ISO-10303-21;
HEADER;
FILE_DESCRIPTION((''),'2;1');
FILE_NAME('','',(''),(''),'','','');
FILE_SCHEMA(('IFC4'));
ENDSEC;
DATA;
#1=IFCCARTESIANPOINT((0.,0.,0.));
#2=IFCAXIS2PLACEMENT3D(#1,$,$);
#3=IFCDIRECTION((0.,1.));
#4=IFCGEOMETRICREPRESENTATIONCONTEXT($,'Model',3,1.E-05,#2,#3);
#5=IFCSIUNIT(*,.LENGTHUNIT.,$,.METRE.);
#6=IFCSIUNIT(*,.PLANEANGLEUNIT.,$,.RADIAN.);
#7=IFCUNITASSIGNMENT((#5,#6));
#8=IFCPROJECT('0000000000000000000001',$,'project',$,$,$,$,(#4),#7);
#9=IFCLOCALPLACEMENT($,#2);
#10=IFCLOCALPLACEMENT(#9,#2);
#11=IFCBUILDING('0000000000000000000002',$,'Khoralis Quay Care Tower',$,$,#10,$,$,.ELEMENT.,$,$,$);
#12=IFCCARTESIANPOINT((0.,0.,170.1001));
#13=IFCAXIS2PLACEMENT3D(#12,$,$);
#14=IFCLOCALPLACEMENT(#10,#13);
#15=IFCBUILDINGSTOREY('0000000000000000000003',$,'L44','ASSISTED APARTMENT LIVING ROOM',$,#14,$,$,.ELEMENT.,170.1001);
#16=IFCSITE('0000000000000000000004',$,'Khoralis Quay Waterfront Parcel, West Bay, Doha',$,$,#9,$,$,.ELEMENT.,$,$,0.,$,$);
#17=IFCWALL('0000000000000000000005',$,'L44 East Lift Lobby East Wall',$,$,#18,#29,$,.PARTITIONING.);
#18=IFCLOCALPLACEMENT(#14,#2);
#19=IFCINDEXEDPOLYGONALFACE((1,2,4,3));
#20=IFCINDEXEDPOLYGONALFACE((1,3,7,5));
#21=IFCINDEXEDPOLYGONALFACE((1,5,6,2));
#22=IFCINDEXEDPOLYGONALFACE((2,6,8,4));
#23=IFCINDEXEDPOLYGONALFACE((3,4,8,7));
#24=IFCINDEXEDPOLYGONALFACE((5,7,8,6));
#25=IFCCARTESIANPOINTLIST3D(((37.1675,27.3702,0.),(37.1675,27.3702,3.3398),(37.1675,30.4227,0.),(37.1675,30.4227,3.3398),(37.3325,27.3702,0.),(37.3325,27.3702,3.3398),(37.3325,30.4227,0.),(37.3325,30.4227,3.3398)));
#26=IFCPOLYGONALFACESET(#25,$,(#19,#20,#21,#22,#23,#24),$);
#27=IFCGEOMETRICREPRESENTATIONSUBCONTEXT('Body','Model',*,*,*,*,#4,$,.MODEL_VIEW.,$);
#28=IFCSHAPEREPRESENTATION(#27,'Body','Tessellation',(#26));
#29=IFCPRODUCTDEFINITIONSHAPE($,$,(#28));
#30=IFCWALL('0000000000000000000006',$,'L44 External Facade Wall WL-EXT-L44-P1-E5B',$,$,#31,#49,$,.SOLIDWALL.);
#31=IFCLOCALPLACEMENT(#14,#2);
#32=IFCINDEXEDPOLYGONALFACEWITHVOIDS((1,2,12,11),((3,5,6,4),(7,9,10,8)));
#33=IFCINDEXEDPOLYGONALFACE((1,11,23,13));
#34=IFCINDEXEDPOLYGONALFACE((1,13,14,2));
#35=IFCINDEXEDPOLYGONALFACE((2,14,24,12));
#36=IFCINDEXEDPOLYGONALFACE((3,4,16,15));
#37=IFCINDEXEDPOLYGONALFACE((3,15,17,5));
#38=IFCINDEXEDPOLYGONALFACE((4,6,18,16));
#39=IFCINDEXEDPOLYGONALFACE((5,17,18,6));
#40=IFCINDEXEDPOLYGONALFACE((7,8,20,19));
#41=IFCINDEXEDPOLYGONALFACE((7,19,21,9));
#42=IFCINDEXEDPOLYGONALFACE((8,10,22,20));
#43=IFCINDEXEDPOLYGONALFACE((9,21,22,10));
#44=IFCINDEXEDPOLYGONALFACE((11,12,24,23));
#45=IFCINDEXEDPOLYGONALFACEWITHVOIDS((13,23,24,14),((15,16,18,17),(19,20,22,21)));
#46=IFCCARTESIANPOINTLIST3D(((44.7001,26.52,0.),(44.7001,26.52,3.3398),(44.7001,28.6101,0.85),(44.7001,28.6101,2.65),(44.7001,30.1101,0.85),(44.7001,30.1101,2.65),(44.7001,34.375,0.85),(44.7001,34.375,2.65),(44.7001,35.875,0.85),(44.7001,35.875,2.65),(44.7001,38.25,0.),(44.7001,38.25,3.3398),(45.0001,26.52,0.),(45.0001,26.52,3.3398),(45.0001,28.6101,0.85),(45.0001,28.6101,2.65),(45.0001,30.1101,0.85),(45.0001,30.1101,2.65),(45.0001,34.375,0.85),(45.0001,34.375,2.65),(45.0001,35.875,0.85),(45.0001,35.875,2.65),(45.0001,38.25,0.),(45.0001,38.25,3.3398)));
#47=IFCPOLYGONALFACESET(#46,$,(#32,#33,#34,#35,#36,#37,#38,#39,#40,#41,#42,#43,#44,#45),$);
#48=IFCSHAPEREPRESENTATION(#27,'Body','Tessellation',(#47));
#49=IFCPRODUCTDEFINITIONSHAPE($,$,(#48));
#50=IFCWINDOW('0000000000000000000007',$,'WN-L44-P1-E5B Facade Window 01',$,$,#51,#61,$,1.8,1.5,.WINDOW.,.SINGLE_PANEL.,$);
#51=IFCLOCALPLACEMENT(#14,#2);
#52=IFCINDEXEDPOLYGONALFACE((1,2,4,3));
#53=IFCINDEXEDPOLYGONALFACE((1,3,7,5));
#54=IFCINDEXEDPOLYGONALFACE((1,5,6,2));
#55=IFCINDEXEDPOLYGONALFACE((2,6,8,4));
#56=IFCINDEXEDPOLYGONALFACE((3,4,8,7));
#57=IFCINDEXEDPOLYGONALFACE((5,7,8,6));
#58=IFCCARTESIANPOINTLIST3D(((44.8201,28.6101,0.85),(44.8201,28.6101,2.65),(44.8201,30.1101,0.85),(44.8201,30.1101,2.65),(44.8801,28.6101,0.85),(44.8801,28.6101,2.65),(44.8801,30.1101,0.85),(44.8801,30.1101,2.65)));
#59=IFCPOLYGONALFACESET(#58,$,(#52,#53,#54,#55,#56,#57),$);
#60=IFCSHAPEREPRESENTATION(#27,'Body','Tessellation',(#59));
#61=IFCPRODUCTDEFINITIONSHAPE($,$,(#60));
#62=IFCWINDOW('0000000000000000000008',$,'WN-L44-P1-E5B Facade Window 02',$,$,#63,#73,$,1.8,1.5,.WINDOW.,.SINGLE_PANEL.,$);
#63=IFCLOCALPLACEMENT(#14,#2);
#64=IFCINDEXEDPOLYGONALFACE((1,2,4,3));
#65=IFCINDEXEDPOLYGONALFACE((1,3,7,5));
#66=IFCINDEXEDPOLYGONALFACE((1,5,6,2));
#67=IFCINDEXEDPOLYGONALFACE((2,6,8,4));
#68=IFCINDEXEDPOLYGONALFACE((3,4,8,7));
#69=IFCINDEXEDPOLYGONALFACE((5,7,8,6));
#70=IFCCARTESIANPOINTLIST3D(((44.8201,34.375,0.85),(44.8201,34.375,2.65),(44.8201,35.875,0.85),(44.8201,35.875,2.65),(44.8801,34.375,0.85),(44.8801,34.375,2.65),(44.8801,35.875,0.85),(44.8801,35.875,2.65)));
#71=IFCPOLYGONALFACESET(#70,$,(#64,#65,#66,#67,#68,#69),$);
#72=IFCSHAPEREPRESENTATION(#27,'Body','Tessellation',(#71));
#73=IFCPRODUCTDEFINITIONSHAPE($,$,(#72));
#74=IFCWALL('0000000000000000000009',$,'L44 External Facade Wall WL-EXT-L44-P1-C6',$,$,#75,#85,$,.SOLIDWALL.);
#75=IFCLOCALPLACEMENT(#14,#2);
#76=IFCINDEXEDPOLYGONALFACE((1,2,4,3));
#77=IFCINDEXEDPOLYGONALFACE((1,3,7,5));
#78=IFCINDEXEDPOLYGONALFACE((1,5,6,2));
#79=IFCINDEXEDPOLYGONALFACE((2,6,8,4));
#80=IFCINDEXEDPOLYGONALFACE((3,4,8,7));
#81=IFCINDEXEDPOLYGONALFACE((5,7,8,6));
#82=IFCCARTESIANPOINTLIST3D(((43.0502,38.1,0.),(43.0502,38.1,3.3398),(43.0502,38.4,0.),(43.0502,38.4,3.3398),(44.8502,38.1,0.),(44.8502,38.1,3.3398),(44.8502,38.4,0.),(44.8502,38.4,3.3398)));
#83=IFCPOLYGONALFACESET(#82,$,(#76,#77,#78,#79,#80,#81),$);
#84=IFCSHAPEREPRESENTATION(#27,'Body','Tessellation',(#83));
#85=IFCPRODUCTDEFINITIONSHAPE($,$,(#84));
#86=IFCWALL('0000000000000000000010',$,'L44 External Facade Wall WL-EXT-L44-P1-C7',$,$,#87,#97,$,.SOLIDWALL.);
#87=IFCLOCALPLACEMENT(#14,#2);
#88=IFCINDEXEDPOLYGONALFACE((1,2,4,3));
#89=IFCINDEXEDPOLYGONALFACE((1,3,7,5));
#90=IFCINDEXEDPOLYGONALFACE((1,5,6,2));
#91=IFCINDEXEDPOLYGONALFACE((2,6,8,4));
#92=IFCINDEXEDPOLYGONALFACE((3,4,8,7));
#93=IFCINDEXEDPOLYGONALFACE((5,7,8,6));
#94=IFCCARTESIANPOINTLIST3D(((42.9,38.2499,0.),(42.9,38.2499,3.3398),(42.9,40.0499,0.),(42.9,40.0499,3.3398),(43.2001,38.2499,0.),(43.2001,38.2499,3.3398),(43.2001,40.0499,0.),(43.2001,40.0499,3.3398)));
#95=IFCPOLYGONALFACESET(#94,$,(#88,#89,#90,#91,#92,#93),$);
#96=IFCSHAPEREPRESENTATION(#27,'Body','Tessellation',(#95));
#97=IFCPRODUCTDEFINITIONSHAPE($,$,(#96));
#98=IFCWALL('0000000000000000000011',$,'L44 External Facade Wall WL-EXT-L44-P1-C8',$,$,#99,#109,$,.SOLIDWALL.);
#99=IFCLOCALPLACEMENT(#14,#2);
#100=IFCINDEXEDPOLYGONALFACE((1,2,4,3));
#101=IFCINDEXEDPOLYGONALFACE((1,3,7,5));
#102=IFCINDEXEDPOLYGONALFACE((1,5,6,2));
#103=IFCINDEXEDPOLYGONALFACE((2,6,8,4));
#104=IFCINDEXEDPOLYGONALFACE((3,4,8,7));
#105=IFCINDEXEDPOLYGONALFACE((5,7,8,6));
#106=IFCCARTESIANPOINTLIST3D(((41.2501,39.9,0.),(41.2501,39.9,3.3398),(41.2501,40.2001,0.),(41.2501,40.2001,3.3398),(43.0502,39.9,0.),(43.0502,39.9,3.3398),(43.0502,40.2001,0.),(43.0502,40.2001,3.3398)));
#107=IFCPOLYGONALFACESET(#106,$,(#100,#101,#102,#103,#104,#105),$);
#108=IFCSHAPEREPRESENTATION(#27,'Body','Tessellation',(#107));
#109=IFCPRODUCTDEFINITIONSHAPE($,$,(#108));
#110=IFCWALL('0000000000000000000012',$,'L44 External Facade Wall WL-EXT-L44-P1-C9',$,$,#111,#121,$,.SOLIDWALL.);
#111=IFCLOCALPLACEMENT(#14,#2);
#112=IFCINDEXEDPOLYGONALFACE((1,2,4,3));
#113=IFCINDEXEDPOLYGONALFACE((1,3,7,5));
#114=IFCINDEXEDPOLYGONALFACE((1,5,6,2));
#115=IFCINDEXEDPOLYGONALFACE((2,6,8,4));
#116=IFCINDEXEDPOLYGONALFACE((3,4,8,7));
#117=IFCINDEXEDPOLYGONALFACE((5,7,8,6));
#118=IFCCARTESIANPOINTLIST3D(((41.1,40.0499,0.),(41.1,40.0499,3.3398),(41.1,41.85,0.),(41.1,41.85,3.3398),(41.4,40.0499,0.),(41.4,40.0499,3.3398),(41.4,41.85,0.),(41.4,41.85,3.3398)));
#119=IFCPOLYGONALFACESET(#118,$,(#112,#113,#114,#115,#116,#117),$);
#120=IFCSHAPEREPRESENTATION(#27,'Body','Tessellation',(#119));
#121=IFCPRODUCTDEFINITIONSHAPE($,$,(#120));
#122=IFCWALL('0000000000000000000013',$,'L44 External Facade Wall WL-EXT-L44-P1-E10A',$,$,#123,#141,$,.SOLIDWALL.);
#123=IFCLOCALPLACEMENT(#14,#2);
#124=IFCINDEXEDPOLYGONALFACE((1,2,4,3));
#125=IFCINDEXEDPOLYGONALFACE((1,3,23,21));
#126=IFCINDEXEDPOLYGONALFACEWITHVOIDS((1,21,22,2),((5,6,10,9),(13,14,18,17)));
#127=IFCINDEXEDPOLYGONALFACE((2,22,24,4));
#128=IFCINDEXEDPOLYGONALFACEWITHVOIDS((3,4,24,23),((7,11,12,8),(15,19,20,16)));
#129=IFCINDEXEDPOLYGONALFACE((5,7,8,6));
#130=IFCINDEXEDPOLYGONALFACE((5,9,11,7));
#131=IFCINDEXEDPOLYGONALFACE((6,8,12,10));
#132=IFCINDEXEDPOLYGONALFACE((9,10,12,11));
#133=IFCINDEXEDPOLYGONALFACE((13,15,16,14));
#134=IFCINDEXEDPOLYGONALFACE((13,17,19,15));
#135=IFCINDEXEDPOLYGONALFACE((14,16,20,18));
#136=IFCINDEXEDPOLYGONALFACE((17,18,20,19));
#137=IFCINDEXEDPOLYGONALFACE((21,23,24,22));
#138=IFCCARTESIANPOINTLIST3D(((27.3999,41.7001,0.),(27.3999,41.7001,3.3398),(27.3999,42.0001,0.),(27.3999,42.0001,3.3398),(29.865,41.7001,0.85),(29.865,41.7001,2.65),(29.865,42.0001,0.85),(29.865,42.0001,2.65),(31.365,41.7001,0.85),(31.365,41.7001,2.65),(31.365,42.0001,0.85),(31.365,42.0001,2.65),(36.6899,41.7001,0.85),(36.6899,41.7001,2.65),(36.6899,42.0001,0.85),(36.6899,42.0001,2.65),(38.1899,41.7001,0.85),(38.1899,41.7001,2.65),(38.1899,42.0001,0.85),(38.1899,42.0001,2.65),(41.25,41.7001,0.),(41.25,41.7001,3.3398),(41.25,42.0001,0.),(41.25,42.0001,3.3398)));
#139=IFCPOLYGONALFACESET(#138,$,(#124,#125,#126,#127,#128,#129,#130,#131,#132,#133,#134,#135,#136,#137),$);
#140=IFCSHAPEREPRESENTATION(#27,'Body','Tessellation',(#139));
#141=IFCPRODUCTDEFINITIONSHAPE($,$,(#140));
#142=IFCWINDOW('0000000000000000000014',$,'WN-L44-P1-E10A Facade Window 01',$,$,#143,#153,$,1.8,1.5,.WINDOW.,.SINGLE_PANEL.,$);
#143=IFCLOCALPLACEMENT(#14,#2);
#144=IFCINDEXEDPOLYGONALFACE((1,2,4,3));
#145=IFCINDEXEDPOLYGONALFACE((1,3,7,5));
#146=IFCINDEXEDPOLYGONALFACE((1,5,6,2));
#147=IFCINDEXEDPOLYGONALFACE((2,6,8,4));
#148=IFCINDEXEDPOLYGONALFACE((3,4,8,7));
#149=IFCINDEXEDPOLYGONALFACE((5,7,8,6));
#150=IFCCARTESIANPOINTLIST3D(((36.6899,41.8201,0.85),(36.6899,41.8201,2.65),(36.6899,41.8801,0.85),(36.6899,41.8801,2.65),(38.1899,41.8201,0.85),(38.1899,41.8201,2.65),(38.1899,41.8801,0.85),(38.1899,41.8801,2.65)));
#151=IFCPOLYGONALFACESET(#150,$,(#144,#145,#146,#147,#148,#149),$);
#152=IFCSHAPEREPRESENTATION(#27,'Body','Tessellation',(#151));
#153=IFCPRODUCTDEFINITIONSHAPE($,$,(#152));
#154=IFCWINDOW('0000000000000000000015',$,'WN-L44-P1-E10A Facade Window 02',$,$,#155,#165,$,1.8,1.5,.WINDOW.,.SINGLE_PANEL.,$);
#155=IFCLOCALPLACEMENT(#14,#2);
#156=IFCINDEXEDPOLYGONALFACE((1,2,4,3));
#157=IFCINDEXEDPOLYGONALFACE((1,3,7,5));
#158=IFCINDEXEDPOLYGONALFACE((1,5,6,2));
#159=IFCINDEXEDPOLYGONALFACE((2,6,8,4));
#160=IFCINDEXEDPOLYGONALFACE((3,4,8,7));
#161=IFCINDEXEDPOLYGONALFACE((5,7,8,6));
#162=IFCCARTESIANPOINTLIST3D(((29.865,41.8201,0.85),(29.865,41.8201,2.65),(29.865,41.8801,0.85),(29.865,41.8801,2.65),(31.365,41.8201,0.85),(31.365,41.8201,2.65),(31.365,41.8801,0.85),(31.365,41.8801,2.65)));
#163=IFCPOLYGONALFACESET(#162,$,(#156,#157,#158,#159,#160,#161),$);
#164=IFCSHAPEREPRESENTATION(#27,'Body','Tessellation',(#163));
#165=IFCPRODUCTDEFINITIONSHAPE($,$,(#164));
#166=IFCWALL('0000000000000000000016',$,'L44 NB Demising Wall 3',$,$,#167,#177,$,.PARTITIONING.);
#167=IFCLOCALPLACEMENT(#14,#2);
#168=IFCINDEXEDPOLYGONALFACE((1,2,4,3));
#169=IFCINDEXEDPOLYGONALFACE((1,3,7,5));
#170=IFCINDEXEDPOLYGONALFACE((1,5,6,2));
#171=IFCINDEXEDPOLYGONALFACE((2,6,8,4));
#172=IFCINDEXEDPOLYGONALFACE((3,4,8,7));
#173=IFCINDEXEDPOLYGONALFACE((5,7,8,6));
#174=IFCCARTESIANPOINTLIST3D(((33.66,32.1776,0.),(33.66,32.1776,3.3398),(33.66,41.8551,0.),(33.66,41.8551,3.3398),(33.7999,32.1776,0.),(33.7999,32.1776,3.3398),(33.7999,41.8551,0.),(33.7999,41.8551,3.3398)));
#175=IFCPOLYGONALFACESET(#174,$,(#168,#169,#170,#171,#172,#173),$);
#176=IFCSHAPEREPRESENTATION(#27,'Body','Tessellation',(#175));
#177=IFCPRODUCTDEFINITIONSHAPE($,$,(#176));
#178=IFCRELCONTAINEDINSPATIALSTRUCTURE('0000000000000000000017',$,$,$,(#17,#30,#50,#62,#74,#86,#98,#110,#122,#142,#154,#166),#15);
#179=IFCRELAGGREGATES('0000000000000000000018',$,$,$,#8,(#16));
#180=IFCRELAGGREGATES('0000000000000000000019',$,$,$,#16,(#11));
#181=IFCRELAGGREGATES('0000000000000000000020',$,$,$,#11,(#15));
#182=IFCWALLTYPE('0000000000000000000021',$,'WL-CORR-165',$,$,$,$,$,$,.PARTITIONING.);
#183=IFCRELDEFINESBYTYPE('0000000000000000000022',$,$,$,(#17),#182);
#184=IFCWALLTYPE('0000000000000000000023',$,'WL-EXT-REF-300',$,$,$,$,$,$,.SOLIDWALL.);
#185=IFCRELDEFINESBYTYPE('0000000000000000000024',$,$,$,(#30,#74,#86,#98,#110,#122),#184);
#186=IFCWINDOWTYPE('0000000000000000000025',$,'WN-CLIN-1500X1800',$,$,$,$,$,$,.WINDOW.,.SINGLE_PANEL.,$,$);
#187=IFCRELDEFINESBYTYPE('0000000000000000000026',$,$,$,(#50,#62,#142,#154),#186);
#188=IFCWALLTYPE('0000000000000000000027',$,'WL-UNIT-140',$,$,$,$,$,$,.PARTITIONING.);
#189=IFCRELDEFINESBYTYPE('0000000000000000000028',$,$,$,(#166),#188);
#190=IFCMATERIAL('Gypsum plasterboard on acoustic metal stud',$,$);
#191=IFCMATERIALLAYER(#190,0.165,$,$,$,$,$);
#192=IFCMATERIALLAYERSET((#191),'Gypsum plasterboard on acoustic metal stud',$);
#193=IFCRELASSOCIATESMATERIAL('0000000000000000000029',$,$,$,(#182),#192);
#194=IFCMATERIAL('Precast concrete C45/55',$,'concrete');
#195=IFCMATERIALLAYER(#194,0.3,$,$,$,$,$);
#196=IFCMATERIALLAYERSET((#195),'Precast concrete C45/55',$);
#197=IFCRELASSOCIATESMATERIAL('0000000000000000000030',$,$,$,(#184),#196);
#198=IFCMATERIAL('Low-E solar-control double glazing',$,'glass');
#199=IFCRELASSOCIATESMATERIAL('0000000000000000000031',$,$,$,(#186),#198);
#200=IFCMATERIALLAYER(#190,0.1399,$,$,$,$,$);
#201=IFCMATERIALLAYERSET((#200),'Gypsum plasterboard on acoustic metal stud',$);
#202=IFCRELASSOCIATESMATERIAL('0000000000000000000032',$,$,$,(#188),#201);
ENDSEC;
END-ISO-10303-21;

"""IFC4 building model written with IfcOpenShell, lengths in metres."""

from ifc_helpers import new_model, si_unit, direction, frame, frame_2d, origin, place, context, subcontext, project, spatial, rectangle, extrude, source, transform, mapped, material, layer, layer_set, type_object, element, fill, save


model = new_model("IFC4")

# Units and contexts
model_context = context("Model", 3, precision=1e-05, world=origin(), true_north=direction((0.0, 1.0)))
body_context = subcontext(model_context, "Body", "Model", "MODEL_VIEW")
ifc_project = project(units=[si_unit("LENGTHUNIT", "METRE"), si_unit("PLANEANGLEUNIT", "RADIAN")], contexts=[model_context])

# Site, building, storey
site_placement = place(None, origin())
site = spatial("IfcSite", under=ifc_project, at=site_placement, Name="Khoralis Quay Waterfront Parcel, West Bay, Doha", CompositionType="ELEMENT", RefElevation=0.0)
building_placement = place(site_placement, origin())
building = spatial("IfcBuilding", under=site, at=building_placement, Name="Khoralis Quay Care Tower", CompositionType="ELEMENT")
storey_placement = place(building_placement, frame((0.0, 0.0, 170.1001)))
storey = spatial("IfcBuildingStorey", under=building, at=storey_placement, Name="L44", Description="ASSISTED APARTMENT LIVING ROOM", CompositionType="ELEMENT", Elevation=170.1001)

# Wall
ifc_material_1 = material(Name="Gypsum plasterboard on acoustic metal stud")
ifc_layer_1 = layer(ifc_material_1, 0.165)
ifc_layer_set_1 = layer_set([ifc_layer_1], Name="Gypsum plasterboard on acoustic metal stud")
wall_type_1 = type_object("IfcWallType", Name="WL-CORR-165", PredefinedType="PARTITIONING", material=ifc_layer_set_1)
wall_1_placement = place(storey_placement, frame((37.25, 27.3701, 0.0), z_axis=(0.0, 0.0, 1.0), x_axis=(0.0, 1.0, 0.0)))
element("IfcWall", 1, at=wall_1_placement, inside=storey, type_object=wall_type_1, Name="L44 East Lift Lobby East Wall", PredefinedType="PARTITIONING", context=body_context, shape_type="SweptSolid", body=[
    extrude(rectangle(XDim=3.0525, YDim=0.165, at=frame_2d((1.5264, 0.0))), origin(), (0.0, 0.0, 1.0), 3.3398),
])

# Wall, openings, windows
ifc_material_2 = material(Name="Precast concrete C45/55", Category="concrete")
ifc_layer_2 = layer(ifc_material_2, 0.3)
ifc_layer_set_2 = layer_set([ifc_layer_2], Name="Precast concrete C45/55")
wall_type_2 = type_object("IfcWallType", Name="WL-EXT-REF-300", PredefinedType="SOLIDWALL", material=ifc_layer_set_2)
wall_2_placement = place(storey_placement, frame((44.8501, 26.52, 0.0), z_axis=(0.0, 0.0, 1.0), x_axis=(0.0, 1.0, 0.0)))
wall_2 = element("IfcWall", 2, at=wall_2_placement, inside=storey, type_object=wall_type_2, Name="L44 External Facade Wall WL-EXT-L44-P1-E5B", PredefinedType="SOLIDWALL", context=body_context, shape_type="SweptSolid", body=[
    extrude(rectangle(XDim=11.73, YDim=0.3, at=frame_2d((5.865, 0.0))), origin(), (0.0, 0.0, 1.0), 3.3398),
])
opening_1_placement = place(wall_2_placement, frame((2.0901, 0.0, 0.8501)))
opening_1 = element("IfcOpeningElement", 3, at=opening_1_placement, cuts=wall_2, PredefinedType="OPENING", context=body_context, shape_type="SweptSolid", body=[
    extrude(rectangle(XDim=1.5, YDim=1.8, at=frame_2d((0.75, 0.8999))), frame((0.0, 0.1602, 0.0), z_axis=(0.0, -1.0, 0.0), x_axis=(1.0, 0.0, 0.0)), (0.0, 0.0, 1.0), 0.3201),
])
opening_2_placement = place(wall_2_placement, frame((7.855, 0.0, 0.8501)))
opening_2 = element("IfcOpeningElement", 4, at=opening_2_placement, cuts=wall_2, PredefinedType="OPENING", context=body_context, shape_type="SweptSolid", body=[
    extrude(rectangle(XDim=1.5, YDim=1.8, at=frame_2d((0.75, 0.8999))), frame((0.0, 0.1602, 0.0), z_axis=(0.0, -1.0, 0.0), x_axis=(1.0, 0.0, 0.0)), (0.0, 0.0, 1.0), 0.3201),
])
ifc_material_3 = material(Name="Low-E solar-control double glazing", Category="glass")
window_type = type_object("IfcWindowType", Name="WN-CLIN-1500X1800", PartitioningType="SINGLE_PANEL", PredefinedType="WINDOW", material=ifc_material_3)
shared_shape_1 = source(origin(), body_context, "Body", "SweptSolid", [
    extrude(rectangle(XDim=1.5, YDim=1.8, at=frame_2d((0.75, 0.8999))), frame((0.0, 0.03, 0.0), z_axis=(0.0, -1.0, 0.0), x_axis=(1.0, 0.0, 0.0)), (0.0, 0.0, 1.0), 0.0601),
])
window_1_placement = place(opening_1_placement, origin())
window_1 = element("IfcWindow", 5, at=window_1_placement, inside=storey, type_object=window_type, Name="WN-L44-P1-E5B Facade Window 01", OverallHeight=1.8, OverallWidth=1.5, PartitioningType="SINGLE_PANEL", PredefinedType="WINDOW", context=body_context, shape_type="MappedRepresentation", body=[
    mapped(shared_shape_1, transform((0.0, 0.0, 0.0), scale=1.0)),
])
fill(opening_1, window_1)
window_2_placement = place(opening_2_placement, origin())
window_2 = element("IfcWindow", 6, at=window_2_placement, inside=storey, type_object=window_type, Name="WN-L44-P1-E5B Facade Window 02", OverallHeight=1.8, OverallWidth=1.5, PartitioningType="SINGLE_PANEL", PredefinedType="WINDOW", context=body_context, shape_type="MappedRepresentation", body=[
    mapped(shared_shape_1, transform((0.0, 0.0, 0.0), scale=1.0)),
])
fill(opening_2, window_2)

# Walls
for number, where, z_axis, x_axis, name in (
    (7, (44.8501, 38.25, 0.0), (0.0, 0.0, 1.0), (-1.0, 0.0, 0.0), "L44 External Facade Wall WL-EXT-L44-P1-C6"),
    (8, (43.05, 38.25, 0.0), (0.0, 0.0, 1.0), (0.0, 1.0, 0.0), "L44 External Facade Wall WL-EXT-L44-P1-C7"),
    (9, (43.05, 40.05, 0.0), (0.0, 0.0, 1.0), (-1.0, 0.0, 0.0), "L44 External Facade Wall WL-EXT-L44-P1-C8"),
    (10, (41.25, 40.05, 0.0), (0.0, 0.0, 1.0), (0.0, 1.0, 0.0), "L44 External Facade Wall WL-EXT-L44-P1-C9"),
):
    element("IfcWall", number, at=place(storey_placement, frame(where, z_axis=z_axis, x_axis=x_axis)), inside=storey, type_object=wall_type_2, Name=name, PredefinedType="SOLIDWALL", context=body_context, shape_type="SweptSolid", body=[
        extrude(rectangle(XDim=1.8, YDim=0.3, at=frame_2d((0.8999, 0.0))), origin(), (0.0, 0.0, 1.0), 3.3398),
    ])

# Wall, openings, windows
wall_3_placement = place(storey_placement, frame((41.25, 41.8501, 0.0), z_axis=(0.0, 0.0, 1.0), x_axis=(-1.0, 0.0, 0.0)))
wall_3 = element("IfcWall", 11, at=wall_3_placement, inside=storey, type_object=wall_type_2, Name="L44 External Facade Wall WL-EXT-L44-P1-E10A", PredefinedType="SOLIDWALL", context=body_context, shape_type="SweptSolid", body=[
    extrude(rectangle(XDim=13.8501, YDim=0.3, at=frame_2d((6.925, 0.0))), origin(), (0.0, 0.0, 1.0), 3.3398),
])
opening_3_placement = place(wall_3_placement, frame((3.0601, 0.0, 0.8501)))
opening_3 = element("IfcOpeningElement", 12, at=opening_3_placement, cuts=wall_3, PredefinedType="OPENING", context=body_context, shape_type="SweptSolid", body=[
    extrude(rectangle(XDim=1.5, YDim=1.8, at=frame_2d((0.75, 0.8999))), frame((0.0, 0.1602, 0.0), z_axis=(0.0, -1.0, 0.0), x_axis=(1.0, 0.0, 0.0)), (0.0, 0.0, 1.0), 0.3201),
])
opening_4_placement = place(wall_3_placement, frame((9.885, 0.0, 0.8501)))
opening_4 = element("IfcOpeningElement", 13, at=opening_4_placement, cuts=wall_3, PredefinedType="OPENING", context=body_context, shape_type="SweptSolid", body=[
    extrude(rectangle(XDim=1.5, YDim=1.8, at=frame_2d((0.75, 0.8999))), frame((0.0, 0.1602, 0.0), z_axis=(0.0, -1.0, 0.0), x_axis=(1.0, 0.0, 0.0)), (0.0, 0.0, 1.0), 0.3201),
])
window_3_placement = place(opening_3_placement, origin())
window_3 = element("IfcWindow", 14, at=window_3_placement, inside=storey, type_object=window_type, Name="WN-L44-P1-E10A Facade Window 01", OverallHeight=1.8, OverallWidth=1.5, PartitioningType="SINGLE_PANEL", PredefinedType="WINDOW", context=body_context, shape_type="MappedRepresentation", body=[
    mapped(shared_shape_1, transform((0.0, 0.0, 0.0), scale=1.0)),
])
fill(opening_3, window_3)
window_4_placement = place(opening_4_placement, origin())
window_4 = element("IfcWindow", 15, at=window_4_placement, inside=storey, type_object=window_type, Name="WN-L44-P1-E10A Facade Window 02", OverallHeight=1.8, OverallWidth=1.5, PartitioningType="SINGLE_PANEL", PredefinedType="WINDOW", context=body_context, shape_type="MappedRepresentation", body=[
    mapped(shared_shape_1, transform((0.0, 0.0, 0.0), scale=1.0)),
])
fill(opening_4, window_4)

# Wall
ifc_layer_3 = layer(ifc_material_1, 0.1399)
ifc_layer_set_3 = layer_set([ifc_layer_3], Name="Gypsum plasterboard on acoustic metal stud")
wall_type_3 = type_object("IfcWallType", Name="WL-UNIT-140", PredefinedType="PARTITIONING", material=ifc_layer_set_3)
wall_4_placement = place(storey_placement, frame((33.73, 32.1775, 0.0), z_axis=(0.0, 0.0, 1.0), x_axis=(0.0, 1.0, 0.0)))
element("IfcWall", 16, at=wall_4_placement, inside=storey, type_object=wall_type_3, Name="L44 NB Demising Wall 3", PredefinedType="PARTITIONING", context=body_context, shape_type="SweptSolid", body=[
    extrude(rectangle(XDim=9.6775, YDim=0.1399, at=frame_2d((4.8389, 0.0))), origin(), (0.0, 0.0, 1.0), 3.3398),
])

save(model, "model.ifc")
